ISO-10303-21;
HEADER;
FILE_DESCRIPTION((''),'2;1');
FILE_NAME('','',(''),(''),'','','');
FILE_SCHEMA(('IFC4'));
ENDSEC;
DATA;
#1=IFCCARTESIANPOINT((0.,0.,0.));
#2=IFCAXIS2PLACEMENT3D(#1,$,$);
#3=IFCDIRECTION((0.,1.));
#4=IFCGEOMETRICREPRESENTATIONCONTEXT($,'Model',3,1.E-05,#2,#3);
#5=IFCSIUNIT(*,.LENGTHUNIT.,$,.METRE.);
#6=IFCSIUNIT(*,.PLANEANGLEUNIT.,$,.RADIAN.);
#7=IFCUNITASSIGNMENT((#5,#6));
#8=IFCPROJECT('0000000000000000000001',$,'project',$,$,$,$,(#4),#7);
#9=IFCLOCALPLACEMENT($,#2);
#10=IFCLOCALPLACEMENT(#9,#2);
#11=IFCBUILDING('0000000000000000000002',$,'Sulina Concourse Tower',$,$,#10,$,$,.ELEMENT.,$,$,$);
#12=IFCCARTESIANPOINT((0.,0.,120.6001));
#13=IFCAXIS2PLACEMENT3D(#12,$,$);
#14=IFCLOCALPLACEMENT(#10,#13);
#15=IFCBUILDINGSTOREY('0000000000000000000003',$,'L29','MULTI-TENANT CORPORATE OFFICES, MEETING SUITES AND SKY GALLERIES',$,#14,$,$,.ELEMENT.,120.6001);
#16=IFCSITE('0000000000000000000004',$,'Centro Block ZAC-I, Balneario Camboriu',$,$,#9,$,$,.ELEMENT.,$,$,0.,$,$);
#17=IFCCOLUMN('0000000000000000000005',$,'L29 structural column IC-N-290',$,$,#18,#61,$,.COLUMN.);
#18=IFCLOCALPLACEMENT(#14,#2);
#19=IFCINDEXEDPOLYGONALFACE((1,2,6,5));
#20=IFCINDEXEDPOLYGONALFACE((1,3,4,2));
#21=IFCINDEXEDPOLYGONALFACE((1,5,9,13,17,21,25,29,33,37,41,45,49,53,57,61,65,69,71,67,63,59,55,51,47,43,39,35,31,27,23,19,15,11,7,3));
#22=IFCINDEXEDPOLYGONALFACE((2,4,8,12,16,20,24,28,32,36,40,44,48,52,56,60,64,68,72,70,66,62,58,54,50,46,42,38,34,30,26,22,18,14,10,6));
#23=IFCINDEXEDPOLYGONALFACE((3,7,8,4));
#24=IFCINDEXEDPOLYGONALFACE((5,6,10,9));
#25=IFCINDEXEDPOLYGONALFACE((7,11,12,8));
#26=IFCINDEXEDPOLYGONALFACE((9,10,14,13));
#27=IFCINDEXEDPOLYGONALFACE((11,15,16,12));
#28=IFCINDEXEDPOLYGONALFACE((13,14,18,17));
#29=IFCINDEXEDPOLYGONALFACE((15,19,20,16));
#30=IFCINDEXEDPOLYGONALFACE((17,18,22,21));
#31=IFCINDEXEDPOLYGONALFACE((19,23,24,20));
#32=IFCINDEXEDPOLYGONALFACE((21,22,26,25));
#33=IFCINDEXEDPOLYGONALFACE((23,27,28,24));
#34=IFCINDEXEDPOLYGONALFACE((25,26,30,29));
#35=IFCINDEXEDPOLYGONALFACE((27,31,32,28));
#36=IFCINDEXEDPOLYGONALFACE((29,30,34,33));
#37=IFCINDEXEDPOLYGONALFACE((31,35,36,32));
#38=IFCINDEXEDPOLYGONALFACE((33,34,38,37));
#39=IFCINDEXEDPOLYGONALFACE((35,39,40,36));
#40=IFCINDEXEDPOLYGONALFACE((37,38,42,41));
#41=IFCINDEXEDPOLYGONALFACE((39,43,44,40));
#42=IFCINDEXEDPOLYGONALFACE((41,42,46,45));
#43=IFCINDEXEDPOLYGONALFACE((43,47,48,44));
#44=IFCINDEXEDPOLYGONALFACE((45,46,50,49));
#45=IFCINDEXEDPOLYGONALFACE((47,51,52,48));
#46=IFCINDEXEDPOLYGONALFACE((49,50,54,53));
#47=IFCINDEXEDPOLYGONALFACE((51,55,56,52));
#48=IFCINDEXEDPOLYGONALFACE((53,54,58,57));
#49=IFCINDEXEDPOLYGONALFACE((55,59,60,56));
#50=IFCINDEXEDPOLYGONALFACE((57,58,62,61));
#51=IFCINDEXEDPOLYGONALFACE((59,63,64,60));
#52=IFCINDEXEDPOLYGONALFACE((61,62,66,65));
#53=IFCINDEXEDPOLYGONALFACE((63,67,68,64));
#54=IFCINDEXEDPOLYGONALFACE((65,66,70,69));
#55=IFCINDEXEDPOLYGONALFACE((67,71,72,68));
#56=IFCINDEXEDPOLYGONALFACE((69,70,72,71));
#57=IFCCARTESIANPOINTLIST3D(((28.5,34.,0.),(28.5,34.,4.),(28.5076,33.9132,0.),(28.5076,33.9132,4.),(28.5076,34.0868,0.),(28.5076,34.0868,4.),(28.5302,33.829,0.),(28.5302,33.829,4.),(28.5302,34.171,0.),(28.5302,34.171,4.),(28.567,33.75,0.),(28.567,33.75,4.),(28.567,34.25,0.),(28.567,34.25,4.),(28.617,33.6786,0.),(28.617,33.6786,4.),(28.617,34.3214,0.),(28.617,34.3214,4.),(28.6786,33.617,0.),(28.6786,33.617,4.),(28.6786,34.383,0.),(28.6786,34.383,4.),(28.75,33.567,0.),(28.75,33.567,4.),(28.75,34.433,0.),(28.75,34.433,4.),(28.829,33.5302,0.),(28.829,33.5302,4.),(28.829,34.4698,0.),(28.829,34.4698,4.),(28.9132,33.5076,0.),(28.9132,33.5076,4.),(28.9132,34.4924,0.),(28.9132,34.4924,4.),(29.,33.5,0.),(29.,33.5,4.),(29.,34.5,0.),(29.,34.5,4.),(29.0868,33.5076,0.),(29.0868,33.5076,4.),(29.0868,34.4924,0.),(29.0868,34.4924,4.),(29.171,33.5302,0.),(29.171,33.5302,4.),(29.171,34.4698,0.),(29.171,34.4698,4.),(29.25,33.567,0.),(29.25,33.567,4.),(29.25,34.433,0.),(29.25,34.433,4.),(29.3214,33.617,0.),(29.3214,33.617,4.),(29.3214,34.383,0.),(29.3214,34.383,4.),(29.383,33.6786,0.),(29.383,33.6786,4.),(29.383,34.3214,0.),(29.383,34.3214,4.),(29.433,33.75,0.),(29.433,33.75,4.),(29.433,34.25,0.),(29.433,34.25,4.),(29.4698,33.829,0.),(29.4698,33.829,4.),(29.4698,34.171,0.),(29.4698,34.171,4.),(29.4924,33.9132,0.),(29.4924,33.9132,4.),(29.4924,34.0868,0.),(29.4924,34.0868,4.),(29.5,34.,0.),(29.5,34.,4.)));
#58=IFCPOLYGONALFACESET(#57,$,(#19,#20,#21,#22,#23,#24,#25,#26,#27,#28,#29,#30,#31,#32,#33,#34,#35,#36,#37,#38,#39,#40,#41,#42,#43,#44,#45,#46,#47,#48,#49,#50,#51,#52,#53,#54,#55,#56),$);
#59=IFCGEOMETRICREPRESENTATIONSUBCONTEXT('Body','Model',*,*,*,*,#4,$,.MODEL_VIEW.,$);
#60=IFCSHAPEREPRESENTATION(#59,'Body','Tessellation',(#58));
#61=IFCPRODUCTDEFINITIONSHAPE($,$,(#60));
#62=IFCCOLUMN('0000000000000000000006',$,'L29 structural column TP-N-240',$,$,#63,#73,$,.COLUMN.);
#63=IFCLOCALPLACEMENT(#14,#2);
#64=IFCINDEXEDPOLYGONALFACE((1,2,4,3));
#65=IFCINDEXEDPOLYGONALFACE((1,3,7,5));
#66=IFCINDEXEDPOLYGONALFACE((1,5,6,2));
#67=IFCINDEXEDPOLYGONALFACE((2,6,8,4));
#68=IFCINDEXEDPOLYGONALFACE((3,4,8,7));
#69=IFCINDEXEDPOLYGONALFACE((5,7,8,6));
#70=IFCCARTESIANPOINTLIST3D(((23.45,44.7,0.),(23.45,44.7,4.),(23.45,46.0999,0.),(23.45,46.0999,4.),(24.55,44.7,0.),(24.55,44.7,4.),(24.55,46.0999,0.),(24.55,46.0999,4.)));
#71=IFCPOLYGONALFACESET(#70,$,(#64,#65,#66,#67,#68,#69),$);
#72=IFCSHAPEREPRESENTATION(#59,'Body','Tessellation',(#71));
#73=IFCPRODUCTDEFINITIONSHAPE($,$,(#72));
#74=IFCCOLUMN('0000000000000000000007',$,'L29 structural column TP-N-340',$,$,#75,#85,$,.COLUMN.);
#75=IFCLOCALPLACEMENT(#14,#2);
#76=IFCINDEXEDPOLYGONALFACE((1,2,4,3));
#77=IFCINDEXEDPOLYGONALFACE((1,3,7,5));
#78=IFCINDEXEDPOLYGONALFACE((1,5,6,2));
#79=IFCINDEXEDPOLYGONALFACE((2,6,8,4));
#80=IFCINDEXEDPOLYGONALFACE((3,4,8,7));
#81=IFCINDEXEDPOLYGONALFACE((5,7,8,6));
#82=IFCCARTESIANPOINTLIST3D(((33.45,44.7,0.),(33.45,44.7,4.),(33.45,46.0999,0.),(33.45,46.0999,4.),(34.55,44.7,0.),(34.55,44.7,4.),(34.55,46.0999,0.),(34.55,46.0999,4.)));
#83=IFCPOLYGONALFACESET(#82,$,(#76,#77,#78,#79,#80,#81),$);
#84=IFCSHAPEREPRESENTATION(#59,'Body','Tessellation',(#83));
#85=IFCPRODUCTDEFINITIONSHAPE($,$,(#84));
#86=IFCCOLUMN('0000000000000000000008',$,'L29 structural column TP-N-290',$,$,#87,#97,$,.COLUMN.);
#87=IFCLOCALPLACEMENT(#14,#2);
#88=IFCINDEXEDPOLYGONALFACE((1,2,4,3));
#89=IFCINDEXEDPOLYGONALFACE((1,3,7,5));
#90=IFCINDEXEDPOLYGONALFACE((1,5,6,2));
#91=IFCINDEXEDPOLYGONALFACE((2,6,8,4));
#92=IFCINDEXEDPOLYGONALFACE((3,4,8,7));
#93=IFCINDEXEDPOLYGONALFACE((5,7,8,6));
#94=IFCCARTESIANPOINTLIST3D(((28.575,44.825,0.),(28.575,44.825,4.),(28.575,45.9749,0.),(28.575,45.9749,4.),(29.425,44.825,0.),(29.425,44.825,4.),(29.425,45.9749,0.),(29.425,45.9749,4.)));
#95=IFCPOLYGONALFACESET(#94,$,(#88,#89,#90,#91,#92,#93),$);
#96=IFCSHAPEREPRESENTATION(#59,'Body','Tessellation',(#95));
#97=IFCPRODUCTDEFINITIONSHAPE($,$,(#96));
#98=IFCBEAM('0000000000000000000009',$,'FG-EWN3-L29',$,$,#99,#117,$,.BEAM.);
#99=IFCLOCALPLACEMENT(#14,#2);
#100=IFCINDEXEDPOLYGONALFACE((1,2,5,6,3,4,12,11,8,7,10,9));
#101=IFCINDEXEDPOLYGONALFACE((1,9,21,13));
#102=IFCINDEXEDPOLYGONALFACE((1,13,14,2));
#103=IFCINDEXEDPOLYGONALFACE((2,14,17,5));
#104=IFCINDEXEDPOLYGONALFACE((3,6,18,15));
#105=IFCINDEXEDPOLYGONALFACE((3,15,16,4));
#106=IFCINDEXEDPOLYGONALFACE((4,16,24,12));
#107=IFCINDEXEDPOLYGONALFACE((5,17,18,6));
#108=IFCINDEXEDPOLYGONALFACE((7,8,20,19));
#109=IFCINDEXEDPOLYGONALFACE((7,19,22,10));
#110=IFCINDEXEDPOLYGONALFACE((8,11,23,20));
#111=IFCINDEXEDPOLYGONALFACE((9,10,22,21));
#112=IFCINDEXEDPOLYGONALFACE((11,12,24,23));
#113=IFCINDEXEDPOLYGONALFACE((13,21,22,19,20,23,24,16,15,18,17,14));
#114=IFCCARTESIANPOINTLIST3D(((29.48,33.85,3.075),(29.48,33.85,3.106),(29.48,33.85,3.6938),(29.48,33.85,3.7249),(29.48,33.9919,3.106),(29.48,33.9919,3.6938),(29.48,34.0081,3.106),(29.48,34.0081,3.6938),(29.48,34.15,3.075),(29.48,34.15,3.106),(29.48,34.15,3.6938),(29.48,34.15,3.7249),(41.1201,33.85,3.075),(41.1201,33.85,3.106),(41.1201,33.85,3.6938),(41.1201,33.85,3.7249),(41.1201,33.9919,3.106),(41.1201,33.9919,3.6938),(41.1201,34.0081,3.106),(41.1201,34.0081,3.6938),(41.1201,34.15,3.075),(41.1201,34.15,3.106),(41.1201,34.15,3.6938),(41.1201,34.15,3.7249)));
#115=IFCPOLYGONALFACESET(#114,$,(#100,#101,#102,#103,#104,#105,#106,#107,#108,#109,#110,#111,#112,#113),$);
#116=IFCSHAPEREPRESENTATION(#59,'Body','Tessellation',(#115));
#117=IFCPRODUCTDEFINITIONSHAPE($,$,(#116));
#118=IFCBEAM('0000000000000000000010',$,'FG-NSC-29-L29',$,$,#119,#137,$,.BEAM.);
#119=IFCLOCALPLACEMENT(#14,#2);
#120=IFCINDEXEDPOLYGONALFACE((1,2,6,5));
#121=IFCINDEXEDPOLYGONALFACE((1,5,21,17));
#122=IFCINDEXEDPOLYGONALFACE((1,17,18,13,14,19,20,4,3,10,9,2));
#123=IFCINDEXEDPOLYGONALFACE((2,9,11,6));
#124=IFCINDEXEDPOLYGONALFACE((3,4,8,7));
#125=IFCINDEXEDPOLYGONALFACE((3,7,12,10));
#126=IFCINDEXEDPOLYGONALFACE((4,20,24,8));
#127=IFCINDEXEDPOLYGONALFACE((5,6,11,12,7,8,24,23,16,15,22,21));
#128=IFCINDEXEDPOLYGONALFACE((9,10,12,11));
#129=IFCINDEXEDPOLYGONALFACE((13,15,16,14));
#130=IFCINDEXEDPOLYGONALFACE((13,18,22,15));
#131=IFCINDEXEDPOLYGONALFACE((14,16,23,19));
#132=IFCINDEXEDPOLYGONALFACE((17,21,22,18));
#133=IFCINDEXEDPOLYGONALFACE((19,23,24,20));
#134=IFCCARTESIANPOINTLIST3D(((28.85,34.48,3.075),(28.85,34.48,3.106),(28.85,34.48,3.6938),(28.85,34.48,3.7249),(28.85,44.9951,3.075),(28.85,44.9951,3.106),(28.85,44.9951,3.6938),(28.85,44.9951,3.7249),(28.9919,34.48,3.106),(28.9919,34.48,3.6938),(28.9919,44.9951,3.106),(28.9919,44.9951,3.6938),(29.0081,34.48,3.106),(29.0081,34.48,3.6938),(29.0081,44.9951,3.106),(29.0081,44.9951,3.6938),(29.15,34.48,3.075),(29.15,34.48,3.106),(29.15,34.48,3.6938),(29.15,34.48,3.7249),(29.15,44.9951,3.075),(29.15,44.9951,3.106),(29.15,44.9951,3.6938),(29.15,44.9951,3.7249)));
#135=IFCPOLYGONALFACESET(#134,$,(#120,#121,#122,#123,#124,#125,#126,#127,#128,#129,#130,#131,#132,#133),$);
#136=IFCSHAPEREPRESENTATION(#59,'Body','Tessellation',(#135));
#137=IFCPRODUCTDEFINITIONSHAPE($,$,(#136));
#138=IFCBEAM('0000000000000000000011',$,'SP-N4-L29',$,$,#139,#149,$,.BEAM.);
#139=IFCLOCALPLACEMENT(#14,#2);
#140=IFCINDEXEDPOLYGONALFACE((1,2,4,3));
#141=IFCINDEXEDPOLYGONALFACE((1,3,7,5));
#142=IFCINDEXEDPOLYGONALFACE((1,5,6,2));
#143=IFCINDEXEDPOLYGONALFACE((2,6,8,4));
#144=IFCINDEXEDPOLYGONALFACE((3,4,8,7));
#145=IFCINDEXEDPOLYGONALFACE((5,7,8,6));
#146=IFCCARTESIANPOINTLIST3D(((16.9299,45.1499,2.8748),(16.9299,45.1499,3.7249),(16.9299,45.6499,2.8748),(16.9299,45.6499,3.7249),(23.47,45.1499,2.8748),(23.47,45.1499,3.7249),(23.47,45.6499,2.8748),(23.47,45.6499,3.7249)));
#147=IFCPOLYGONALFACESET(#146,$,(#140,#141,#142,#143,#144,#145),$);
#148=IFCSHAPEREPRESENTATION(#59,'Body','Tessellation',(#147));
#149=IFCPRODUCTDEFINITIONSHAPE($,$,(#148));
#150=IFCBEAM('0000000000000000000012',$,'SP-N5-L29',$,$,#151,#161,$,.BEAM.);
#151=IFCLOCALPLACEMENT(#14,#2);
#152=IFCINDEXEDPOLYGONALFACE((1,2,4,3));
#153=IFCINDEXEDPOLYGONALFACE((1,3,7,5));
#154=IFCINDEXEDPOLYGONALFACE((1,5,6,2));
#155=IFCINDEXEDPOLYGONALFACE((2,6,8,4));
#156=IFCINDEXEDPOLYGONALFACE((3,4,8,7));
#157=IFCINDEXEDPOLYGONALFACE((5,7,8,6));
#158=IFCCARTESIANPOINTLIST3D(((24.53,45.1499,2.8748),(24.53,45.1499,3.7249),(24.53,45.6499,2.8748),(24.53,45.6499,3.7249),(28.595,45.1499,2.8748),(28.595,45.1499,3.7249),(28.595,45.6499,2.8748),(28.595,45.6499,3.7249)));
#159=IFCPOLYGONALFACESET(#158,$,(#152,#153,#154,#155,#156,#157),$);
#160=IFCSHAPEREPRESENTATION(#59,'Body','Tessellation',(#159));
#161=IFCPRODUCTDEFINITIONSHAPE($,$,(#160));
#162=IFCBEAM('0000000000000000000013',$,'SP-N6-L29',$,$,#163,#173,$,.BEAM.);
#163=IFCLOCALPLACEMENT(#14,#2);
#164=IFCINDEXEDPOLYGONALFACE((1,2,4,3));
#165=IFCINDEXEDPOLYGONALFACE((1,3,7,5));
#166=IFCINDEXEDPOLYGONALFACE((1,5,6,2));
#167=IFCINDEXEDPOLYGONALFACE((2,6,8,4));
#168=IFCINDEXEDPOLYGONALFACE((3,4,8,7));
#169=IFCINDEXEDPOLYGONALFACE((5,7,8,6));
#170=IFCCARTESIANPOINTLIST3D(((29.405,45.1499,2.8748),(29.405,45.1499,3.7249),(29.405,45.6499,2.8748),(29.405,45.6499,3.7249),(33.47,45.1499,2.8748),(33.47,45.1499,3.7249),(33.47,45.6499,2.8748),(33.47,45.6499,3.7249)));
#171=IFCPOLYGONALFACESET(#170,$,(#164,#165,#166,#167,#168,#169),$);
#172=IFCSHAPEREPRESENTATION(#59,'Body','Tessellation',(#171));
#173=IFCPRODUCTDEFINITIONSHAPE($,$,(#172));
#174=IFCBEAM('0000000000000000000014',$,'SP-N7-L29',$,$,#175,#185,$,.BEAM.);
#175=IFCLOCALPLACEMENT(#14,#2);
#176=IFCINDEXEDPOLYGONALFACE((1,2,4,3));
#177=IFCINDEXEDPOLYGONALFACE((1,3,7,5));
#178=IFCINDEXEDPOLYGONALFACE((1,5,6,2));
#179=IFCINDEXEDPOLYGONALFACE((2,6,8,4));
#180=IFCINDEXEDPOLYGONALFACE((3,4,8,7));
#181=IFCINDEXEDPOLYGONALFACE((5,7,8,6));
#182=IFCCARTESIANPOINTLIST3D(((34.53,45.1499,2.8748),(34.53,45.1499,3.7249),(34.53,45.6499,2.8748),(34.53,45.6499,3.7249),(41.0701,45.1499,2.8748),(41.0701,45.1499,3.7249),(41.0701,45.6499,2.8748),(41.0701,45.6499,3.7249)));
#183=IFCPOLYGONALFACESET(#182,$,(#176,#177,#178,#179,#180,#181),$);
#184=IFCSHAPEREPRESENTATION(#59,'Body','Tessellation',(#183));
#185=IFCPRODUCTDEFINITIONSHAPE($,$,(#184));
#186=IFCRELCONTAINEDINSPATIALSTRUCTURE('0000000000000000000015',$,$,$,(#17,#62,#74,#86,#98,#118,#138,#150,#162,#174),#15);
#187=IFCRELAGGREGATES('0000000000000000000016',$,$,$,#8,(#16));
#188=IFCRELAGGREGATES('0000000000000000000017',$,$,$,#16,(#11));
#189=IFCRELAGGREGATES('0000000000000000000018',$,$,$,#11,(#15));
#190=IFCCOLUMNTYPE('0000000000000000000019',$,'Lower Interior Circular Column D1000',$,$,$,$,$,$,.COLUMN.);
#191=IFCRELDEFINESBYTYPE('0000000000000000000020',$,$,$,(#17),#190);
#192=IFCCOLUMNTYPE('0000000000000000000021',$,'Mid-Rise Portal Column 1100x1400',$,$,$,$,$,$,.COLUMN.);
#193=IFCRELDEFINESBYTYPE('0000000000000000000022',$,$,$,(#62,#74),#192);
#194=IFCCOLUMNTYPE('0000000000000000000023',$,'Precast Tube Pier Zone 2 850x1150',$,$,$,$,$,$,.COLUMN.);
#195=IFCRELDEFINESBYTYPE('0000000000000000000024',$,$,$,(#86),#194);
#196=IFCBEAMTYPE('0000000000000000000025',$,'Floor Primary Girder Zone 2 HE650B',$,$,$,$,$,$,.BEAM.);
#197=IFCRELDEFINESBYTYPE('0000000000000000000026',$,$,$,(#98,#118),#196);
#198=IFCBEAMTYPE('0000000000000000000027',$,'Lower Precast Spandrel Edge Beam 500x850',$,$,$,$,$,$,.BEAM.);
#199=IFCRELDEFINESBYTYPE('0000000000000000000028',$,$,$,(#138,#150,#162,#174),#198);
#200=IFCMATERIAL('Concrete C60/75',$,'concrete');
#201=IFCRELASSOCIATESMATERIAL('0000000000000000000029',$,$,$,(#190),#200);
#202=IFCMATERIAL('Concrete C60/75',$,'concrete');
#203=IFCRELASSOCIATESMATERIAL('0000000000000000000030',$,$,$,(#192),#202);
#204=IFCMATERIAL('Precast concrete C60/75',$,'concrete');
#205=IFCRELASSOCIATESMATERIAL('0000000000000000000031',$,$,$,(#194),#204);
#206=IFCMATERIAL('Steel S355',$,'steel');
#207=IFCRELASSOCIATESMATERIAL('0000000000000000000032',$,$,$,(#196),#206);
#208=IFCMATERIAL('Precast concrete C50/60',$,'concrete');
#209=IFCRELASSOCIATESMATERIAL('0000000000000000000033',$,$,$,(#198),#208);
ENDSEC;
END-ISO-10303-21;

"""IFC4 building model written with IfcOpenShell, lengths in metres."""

from ifc_helpers import new_model, si_unit, direction, frame, origin, origin_2d, place, context, subcontext, project, spatial, rectangle, circle, i_section, extrude, material, material_profile, profile_set, type_object, element, save


model = new_model("IFC4")

# Units and contexts
model_context = context("Model", 3, precision=1e-05, world=origin(), true_north=direction((0.0, 1.0)))
body_context = subcontext(model_context, "Body", "Model", "MODEL_VIEW")
ifc_project = project(units=[si_unit("LENGTHUNIT", "METRE"), si_unit("PLANEANGLEUNIT", "RADIAN")], contexts=[model_context])

# Site, building, storey
site_placement = place(None, origin())
site = spatial("IfcSite", under=ifc_project, at=site_placement, Name="Centro Block ZAC-I, Balneario Camboriu", CompositionType="ELEMENT", RefElevation=0.0)
building_placement = place(site_placement, origin())
building = spatial("IfcBuilding", under=site, at=building_placement, Name="Sulina Concourse Tower", CompositionType="ELEMENT")
storey_placement = place(building_placement, frame((0.0, 0.0, 120.6001)))
storey = spatial("IfcBuildingStorey", under=building, at=storey_placement, Name="L29", Description="MULTI-TENANT CORPORATE OFFICES, MEETING SUITES AND SKY GALLERIES", CompositionType="ELEMENT", Elevation=120.6001)

# Columns
ifc_material_1 = material(Name="Concrete C60/75", Category="concrete")
ifc_material_profile_1 = material_profile(ifc_material_1, circle(Radius=0.5, at=origin_2d()), Name="RC D1000")
ifc_profile_set_1 = profile_set([ifc_material_profile_1], Name="Concrete C60/75")
column_type_1 = type_object("IfcColumnType", Name="Lower Interior Circular Column D1000", PredefinedType="COLUMN", material=ifc_profile_set_1)
column_1_placement = place(storey_placement, frame((29.0, 34.0, 0.0), z_axis=(0.0, 0.0, 1.0), x_axis=(1.0, 0.0, 0.0)))
element("IfcColumn", 1, at=column_1_placement, inside=storey, type_object=column_type_1, Name="L29 structural column IC-N-290", PredefinedType="COLUMN", context=body_context, shape_type="SweptSolid", body=[
    extrude(circle(Radius=0.5, at=origin_2d()), origin(), (0.0, 0.0, 1.0), 4.0),
])
ifc_material_2 = material(Name="Concrete C60/75", Category="concrete")
ifc_material_profile_2 = material_profile(ifc_material_2, rectangle(XDim=1.1001, YDim=1.3999, at=origin_2d()), Name="RC 1100x1400")
ifc_profile_set_2 = profile_set([ifc_material_profile_2], Name="Concrete C60/75")
column_type_2 = type_object("IfcColumnType", Name="Mid-Rise Portal Column 1100x1400", PredefinedType="COLUMN", material=ifc_profile_set_2)
for number, where, z_axis, x_axis, name in (
    (2, (24.0, 45.3999, 0.0), (0.0, 0.0, 1.0), (1.0, 0.0, 0.0), "L29 structural column TP-N-240"),
    (3, (34.0, 45.3999, 0.0), (0.0, 0.0, 1.0), (1.0, 0.0, 0.0), "L29 structural column TP-N-340"),
):
    element("IfcColumn", number, at=place(storey_placement, frame(where, z_axis=z_axis, x_axis=x_axis)), inside=storey, type_object=column_type_2, Name=name, PredefinedType="COLUMN", context=body_context, shape_type="SweptSolid", body=[
        extrude(rectangle(XDim=1.1001, YDim=1.3999, at=origin_2d()), origin(), (0.0, 0.0, 1.0), 4.0),
    ])
ifc_material_3 = material(Name="Precast concrete C60/75", Category="concrete")
ifc_material_profile_3 = material_profile(ifc_material_3, rectangle(XDim=0.8501, YDim=1.1499, at=origin_2d()), Name="PC 850x1150")
ifc_profile_set_3 = profile_set([ifc_material_profile_3], Name="Precast concrete C60/75")
column_type_3 = type_object("IfcColumnType", Name="Precast Tube Pier Zone 2 850x1150", PredefinedType="COLUMN", material=ifc_profile_set_3)
column_2_placement = place(storey_placement, frame((29.0, 45.3999, 0.0), z_axis=(0.0, 0.0, 1.0), x_axis=(1.0, 0.0, 0.0)))
element("IfcColumn", 4, at=column_2_placement, inside=storey, type_object=column_type_3, Name="L29 structural column TP-N-290", PredefinedType="COLUMN", context=body_context, shape_type="SweptSolid", body=[
    extrude(rectangle(XDim=0.8501, YDim=1.1499, at=origin_2d()), origin(), (0.0, 0.0, 1.0), 4.0),
])

# Beams
ifc_material_4 = material(Name="Steel S355", Category="steel")
ifc_material_profile_4 = material_profile(ifc_material_4, i_section(OverallWidth=0.3, OverallDepth=0.6499, WebThickness=0.0161, FlangeThickness=0.031, at=origin_2d()), Name="HE 650 B")
ifc_profile_set_4 = profile_set([ifc_material_profile_4], Name="Steel S355")
beam_type_1 = type_object("IfcBeamType", Name="Floor Primary Girder Zone 2 HE650B", PredefinedType="BEAM", material=ifc_profile_set_4)
beam_1_placement = place(storey_placement, frame((29.48, 34.0, 3.3999), z_axis=(1.0, 0.0, 0.0), x_axis=(0.0, 1.0, 0.0)))
element("IfcBeam", 5, at=beam_1_placement, inside=storey, type_object=beam_type_1, Name="FG-EWN3-L29", PredefinedType="BEAM", context=body_context, shape_type="SweptSolid", body=[
    extrude(i_section(OverallWidth=0.3, OverallDepth=0.6499, WebThickness=0.0161, FlangeThickness=0.031, at=origin_2d()), origin(), (0.0, 0.0, 1.0), 11.6401),
])
beam_2_placement = place(storey_placement, frame((29.0, 34.48, 3.3999), z_axis=(0.0, 1.0, 0.0), x_axis=(-1.0, 0.0, 0.0)))
element("IfcBeam", 6, at=beam_2_placement, inside=storey, type_object=beam_type_1, Name="FG-NSC-29-L29", PredefinedType="BEAM", context=body_context, shape_type="SweptSolid", body=[
    extrude(i_section(OverallWidth=0.3, OverallDepth=0.6499, WebThickness=0.0161, FlangeThickness=0.031, at=origin_2d()), origin(), (0.0, 0.0, 1.0), 10.5151),
])
ifc_material_5 = material(Name="Precast concrete C50/60", Category="concrete")
ifc_material_profile_5 = material_profile(ifc_material_5, rectangle(XDim=0.5, YDim=0.8501, at=origin_2d()), Name="RC 500x850")
ifc_profile_set_5 = profile_set([ifc_material_profile_5], Name="Precast concrete C50/60")
beam_type_2 = type_object("IfcBeamType", Name="Lower Precast Spandrel Edge Beam 500x850", PredefinedType="BEAM", material=ifc_profile_set_5)
beam_3_placement = place(storey_placement, frame((16.9299, 45.3999, 3.2998), z_axis=(1.0, 0.0, 0.0), x_axis=(0.0, 1.0, 0.0)))
element("IfcBeam", 7, at=beam_3_placement, inside=storey, type_object=beam_type_2, Name="SP-N4-L29", PredefinedType="BEAM", context=body_context, shape_type="SweptSolid", body=[
    extrude(rectangle(XDim=0.5, YDim=0.8501, at=origin_2d()), origin(), (0.0, 0.0, 1.0), 6.54),
])
for number, where, z_axis, x_axis, name in (
    (8, (24.53, 45.3999, 3.2998), (1.0, 0.0, 0.0), (0.0, 1.0, 0.0), "SP-N5-L29"),
    (9, (29.405, 45.3999, 3.2998), (1.0, 0.0, 0.0), (0.0, 1.0, 0.0), "SP-N6-L29"),
):
    element("IfcBeam", number, at=place(storey_placement, frame(where, z_axis=z_axis, x_axis=x_axis)), inside=storey, type_object=beam_type_2, Name=name, PredefinedType="BEAM", context=body_context, shape_type="SweptSolid", body=[
        extrude(rectangle(XDim=0.5, YDim=0.8501, at=origin_2d()), origin(), (0.0, 0.0, 1.0), 4.0649),
    ])
beam_4_placement = place(storey_placement, frame((34.53, 45.3999, 3.2998), z_axis=(1.0, 0.0, 0.0), x_axis=(0.0, 1.0, 0.0)))
element("IfcBeam", 10, at=beam_4_placement, inside=storey, type_object=beam_type_2, Name="SP-N7-L29", PredefinedType="BEAM", context=body_context, shape_type="SweptSolid", body=[
    extrude(rectangle(XDim=0.5, YDim=0.8501, at=origin_2d()), origin(), (0.0, 0.0, 1.0), 6.54),
])

save(model, "model.ifc")
